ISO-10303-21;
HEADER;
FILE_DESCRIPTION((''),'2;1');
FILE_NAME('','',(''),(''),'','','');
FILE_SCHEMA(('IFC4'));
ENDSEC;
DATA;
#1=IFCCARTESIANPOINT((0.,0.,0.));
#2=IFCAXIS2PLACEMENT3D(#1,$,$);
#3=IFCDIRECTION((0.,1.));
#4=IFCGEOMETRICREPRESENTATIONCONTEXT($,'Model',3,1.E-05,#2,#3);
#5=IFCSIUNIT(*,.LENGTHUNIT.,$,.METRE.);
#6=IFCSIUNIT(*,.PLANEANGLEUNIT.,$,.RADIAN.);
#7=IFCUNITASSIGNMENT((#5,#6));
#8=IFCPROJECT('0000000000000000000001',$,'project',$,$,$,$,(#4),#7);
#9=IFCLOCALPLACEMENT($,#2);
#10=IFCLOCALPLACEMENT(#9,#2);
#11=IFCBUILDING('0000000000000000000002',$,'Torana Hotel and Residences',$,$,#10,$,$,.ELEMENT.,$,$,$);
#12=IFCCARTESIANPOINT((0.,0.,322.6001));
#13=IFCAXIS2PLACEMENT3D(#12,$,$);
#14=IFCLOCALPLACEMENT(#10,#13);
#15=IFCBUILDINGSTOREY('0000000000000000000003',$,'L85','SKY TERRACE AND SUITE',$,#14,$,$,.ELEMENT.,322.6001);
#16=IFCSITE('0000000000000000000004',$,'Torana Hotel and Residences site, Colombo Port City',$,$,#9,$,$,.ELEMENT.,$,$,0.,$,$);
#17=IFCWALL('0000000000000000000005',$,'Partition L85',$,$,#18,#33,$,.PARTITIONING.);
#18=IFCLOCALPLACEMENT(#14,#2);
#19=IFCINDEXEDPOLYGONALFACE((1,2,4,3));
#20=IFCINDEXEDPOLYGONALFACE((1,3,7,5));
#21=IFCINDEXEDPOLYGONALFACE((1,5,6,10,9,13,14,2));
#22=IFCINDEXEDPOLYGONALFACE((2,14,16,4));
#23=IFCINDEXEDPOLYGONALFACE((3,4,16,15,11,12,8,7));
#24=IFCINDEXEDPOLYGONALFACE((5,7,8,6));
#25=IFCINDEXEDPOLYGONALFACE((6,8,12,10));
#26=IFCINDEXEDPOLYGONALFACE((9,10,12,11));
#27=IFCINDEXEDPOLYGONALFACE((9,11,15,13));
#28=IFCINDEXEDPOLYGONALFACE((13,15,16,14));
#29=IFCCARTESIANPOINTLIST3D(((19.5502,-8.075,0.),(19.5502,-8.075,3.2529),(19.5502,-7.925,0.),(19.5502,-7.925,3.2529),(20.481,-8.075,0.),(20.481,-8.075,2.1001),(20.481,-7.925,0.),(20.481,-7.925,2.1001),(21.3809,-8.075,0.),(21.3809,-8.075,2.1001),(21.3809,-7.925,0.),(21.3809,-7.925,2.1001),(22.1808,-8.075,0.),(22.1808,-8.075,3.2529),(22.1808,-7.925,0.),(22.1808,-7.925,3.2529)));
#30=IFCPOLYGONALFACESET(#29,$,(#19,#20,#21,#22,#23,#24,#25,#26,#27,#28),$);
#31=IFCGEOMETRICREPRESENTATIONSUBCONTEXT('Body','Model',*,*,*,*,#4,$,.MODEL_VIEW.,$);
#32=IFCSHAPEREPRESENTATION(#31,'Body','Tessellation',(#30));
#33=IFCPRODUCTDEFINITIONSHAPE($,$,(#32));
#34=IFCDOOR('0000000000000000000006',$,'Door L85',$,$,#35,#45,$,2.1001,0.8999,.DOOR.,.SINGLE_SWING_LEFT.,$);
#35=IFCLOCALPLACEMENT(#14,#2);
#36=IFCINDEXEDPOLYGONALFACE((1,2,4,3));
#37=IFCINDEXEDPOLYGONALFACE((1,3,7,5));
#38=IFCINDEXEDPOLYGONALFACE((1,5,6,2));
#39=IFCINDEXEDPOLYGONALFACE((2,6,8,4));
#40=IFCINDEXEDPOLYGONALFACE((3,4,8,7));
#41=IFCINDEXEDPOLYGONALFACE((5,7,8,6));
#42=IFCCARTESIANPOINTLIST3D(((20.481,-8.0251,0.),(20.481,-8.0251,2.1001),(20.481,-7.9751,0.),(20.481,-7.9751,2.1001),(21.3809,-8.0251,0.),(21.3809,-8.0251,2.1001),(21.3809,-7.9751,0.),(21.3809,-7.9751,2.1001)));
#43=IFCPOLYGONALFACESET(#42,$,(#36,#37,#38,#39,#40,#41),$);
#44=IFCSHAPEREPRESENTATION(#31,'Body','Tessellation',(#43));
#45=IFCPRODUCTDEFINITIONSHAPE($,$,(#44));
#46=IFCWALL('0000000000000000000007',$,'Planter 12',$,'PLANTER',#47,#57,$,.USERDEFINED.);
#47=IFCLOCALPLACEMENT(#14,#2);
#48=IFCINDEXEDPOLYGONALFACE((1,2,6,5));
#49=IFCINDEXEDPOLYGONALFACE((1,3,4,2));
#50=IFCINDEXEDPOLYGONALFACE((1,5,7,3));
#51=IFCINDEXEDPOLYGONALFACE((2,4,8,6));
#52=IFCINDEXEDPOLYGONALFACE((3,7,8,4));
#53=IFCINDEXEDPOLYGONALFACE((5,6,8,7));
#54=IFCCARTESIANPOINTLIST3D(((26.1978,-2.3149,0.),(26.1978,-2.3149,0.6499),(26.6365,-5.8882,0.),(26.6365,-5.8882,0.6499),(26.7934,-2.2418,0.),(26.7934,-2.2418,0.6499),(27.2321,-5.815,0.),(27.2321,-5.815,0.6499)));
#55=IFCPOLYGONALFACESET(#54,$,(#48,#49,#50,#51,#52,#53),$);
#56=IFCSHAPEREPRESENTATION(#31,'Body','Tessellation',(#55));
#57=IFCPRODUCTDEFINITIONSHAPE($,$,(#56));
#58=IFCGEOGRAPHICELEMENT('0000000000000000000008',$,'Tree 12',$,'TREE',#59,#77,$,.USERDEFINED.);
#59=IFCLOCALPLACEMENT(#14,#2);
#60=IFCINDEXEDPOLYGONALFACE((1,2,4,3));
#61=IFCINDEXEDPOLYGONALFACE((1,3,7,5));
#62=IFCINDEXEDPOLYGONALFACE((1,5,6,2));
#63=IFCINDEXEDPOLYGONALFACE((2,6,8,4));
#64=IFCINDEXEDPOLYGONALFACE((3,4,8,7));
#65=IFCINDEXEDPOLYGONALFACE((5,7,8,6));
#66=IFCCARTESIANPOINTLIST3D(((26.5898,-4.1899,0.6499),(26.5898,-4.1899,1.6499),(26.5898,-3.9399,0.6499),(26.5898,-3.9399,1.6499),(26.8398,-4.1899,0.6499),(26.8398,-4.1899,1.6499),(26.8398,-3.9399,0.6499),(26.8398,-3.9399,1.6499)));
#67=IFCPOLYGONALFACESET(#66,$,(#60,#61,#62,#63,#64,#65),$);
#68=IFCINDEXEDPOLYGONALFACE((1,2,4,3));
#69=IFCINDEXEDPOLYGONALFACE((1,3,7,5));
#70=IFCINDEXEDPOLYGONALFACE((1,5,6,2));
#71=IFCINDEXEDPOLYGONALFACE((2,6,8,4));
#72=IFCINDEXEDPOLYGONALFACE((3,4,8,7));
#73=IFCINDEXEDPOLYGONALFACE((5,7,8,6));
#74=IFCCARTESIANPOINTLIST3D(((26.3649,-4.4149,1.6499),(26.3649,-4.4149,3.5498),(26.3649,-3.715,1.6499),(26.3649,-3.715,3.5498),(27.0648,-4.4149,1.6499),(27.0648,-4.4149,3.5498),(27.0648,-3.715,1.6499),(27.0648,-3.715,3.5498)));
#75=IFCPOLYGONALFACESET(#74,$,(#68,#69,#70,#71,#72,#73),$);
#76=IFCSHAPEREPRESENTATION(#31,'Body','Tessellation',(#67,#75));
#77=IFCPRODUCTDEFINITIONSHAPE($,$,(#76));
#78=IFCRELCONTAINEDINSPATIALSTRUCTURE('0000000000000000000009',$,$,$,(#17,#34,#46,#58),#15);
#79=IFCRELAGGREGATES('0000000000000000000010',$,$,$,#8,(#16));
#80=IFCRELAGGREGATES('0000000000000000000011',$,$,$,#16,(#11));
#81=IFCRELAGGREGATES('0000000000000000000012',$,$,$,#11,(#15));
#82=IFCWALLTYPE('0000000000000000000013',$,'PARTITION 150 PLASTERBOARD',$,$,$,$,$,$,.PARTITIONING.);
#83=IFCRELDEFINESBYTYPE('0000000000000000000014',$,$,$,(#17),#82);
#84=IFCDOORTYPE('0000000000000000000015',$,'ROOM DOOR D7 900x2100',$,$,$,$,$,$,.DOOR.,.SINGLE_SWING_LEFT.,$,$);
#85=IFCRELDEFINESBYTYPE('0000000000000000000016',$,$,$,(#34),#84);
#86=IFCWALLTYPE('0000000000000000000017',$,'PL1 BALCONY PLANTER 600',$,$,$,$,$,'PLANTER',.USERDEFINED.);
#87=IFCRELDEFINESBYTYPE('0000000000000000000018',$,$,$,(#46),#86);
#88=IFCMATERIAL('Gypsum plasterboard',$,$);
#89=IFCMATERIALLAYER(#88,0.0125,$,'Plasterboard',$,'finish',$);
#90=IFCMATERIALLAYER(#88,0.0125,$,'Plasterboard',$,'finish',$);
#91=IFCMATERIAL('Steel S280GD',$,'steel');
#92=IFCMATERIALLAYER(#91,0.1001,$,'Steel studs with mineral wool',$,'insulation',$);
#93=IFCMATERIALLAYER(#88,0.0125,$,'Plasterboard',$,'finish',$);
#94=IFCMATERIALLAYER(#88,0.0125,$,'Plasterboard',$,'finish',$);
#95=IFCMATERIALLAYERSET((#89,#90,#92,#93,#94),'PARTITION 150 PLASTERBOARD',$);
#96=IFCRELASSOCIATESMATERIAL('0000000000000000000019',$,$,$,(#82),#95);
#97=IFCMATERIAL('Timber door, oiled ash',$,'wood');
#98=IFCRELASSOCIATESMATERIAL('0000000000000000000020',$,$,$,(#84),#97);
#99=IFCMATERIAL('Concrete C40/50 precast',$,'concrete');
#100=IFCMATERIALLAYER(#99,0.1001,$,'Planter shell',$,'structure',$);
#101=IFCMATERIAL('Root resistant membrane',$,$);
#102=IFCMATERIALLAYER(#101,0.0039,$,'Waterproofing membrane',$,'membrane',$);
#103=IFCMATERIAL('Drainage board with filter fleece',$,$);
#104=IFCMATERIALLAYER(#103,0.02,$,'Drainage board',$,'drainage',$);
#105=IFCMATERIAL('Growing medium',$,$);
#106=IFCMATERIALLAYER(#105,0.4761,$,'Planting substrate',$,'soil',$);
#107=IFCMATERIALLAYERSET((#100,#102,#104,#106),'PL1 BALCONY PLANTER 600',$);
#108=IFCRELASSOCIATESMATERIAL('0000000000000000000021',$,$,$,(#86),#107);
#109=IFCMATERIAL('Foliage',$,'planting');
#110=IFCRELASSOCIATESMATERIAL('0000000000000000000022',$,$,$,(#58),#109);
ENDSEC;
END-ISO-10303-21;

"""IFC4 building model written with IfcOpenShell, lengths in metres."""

from ifc_helpers import new_model, si_unit, direction, frame, frame_2d, origin, origin_2d, place, context, subcontext, project, spatial, rectangle, extrude, material, layer, layer_set, type_object, element, fill, save


model = new_model("IFC4")

# Units and contexts
model_context = context("Model", 3, precision=1e-05, world=origin(), true_north=direction((0.0, 1.0)))
body_context = subcontext(model_context, "Body", "Model", "MODEL_VIEW")
ifc_project = project(units=[si_unit("LENGTHUNIT", "METRE"), si_unit("PLANEANGLEUNIT", "RADIAN")], contexts=[model_context])

# Site, building, storey
site_placement = place(None, origin())
site = spatial("IfcSite", under=ifc_project, at=site_placement, Name="Torana Hotel and Residences site, Colombo Port City", CompositionType="ELEMENT", RefElevation=0.0)
building_placement = place(site_placement, origin())
building = spatial("IfcBuilding", under=site, at=building_placement, Name="Torana Hotel and Residences", CompositionType="ELEMENT")
storey_placement = place(building_placement, frame((0.0, 0.0, 322.6001)))
storey = spatial("IfcBuildingStorey", under=building, at=storey_placement, Name="L85", Description="SKY TERRACE AND SUITE", CompositionType="ELEMENT", Elevation=322.6001)

# Shared definitions
ifc_material_1 = material(Name="Steel S280GD", Category="steel")

# Shared definitions
ifc_material_2 = material(Name="Concrete C40/50 precast", Category="concrete")

# Shared definitions
ifc_material_3 = material(Name="Gypsum plasterboard")
ifc_layer_1 = layer(ifc_material_3, 0.0125, Name="Plasterboard", Category="finish")
ifc_layer_2 = layer(ifc_material_3, 0.0125, Name="Plasterboard", Category="finish")
ifc_layer_3 = layer(ifc_material_1, 0.1001, Name="Steel studs with mineral wool", Category="insulation")
ifc_layer_4 = layer(ifc_material_3, 0.0125, Name="Plasterboard", Category="finish")
ifc_layer_5 = layer(ifc_material_3, 0.0125, Name="Plasterboard", Category="finish")
ifc_layer_set_1 = layer_set([ifc_layer_1, ifc_layer_2, ifc_layer_3, ifc_layer_4, ifc_layer_5], Name="PARTITION 150 PLASTERBOARD")
wall_type_1 = type_object("IfcWallType", Name="PARTITION 150 PLASTERBOARD", PredefinedType="PARTITIONING", material=ifc_layer_set_1)

# Wall, opening, door
wall_1_placement = place(storey_placement, frame((19.55, -8.0, 0.0), z_axis=(0.0, 0.0, 1.0), x_axis=(1.0, 0.0, 0.0)))
wall_1 = element("IfcWall", 1, at=wall_1_placement, inside=storey, type_object=wall_type_1, Name="Partition L85", PredefinedType="PARTITIONING", context=body_context, shape_type="SweptSolid", body=[
    extrude(rectangle(XDim=2.6306, YDim=0.1499, at=frame_2d((1.3154, 0.0))), origin(), (0.0, 0.0, 1.0), 3.2529),
])
opening_1_placement = place(wall_1_placement, frame((0.9309, 0.0, 0.0)))
opening_1 = element("IfcOpeningElement", 2, at=opening_1_placement, cuts=wall_1, PredefinedType="OPENING", context=body_context, shape_type="SweptSolid", body=[
    extrude(rectangle(XDim=0.8999, YDim=2.1001, at=frame_2d((0.45, 1.05))), frame((0.0, 0.085, 0.0), z_axis=(0.0, -1.0, 0.0), x_axis=(1.0, 0.0, 0.0)), (0.0, 0.0, 1.0), 0.1699),
])
ifc_material_4 = material(Name="Timber door, oiled ash", Category="wood")
door_type_1 = type_object("IfcDoorType", Name="ROOM DOOR D7 900x2100", OperationType="SINGLE_SWING_LEFT", PredefinedType="DOOR", material=ifc_material_4)
door_1_placement = place(opening_1_placement, origin())
door_1 = element("IfcDoor", 3, at=door_1_placement, inside=storey, type_object=door_type_1, Name="Door L85", OperationType="SINGLE_SWING_LEFT", OverallHeight=2.1001, OverallWidth=0.8999, PredefinedType="DOOR", context=body_context, shape_type="SweptSolid", body=[
    extrude(rectangle(XDim=0.8999, YDim=2.1001, at=frame_2d((0.45, 1.05))), frame((0.0, 0.0249, 0.0), z_axis=(0.0, -1.0, 0.0), x_axis=(1.0, 0.0, 0.0)), (0.0, 0.0, 1.0), 0.05),
])
fill(opening_1, door_1)

# Wall
ifc_layer_6 = layer(ifc_material_2, 0.1001, Name="Planter shell", Category="structure")
ifc_material_5 = material(Name="Root resistant membrane")
ifc_layer_7 = layer(ifc_material_5, 0.0039, Name="Waterproofing membrane", Category="membrane")
ifc_material_6 = material(Name="Drainage board with filter fleece")
ifc_layer_8 = layer(ifc_material_6, 0.02, Name="Drainage board", Category="drainage")
ifc_material_7 = material(Name="Growing medium")
ifc_layer_9 = layer(ifc_material_7, 0.4761, Name="Planting substrate", Category="soil")
ifc_layer_set_2 = layer_set([ifc_layer_6, ifc_layer_7, ifc_layer_8, ifc_layer_9], Name="PL1 BALCONY PLANTER 600")
wall_type_2 = type_object("IfcWallType", Name="PL1 BALCONY PLANTER 600", ElementType="PLANTER", PredefinedType="USERDEFINED", material=ifc_layer_set_2)
wall_2_placement = place(storey_placement, frame((26.4956, -2.2783, 0.0), z_axis=(0.0, 0.0, 1.0), x_axis=(0.121864, -0.992547, 0.0)))
element("IfcWall", 4, at=wall_2_placement, inside=storey, type_object=wall_type_2, Name="Planter 12", ObjectType="PLANTER", PredefinedType="USERDEFINED", context=body_context, shape_type="SweptSolid", body=[
    extrude(rectangle(XDim=3.6001, YDim=0.6001, at=frame_2d((1.8, 0.0))), origin(), (0.0, 0.0, 1.0), 0.6499),
])

# Geographic element
ifc_material_8 = material(Name="Foliage", Category="planting")
geographic_element_placement = place(storey_placement, frame((26.7148, -4.0649, 0.6499), z_axis=(0.0, 0.0, 1.0), x_axis=(1.0, 0.0, 0.0)))
element("IfcGeographicElement", 5, at=geographic_element_placement, inside=storey, material=ifc_material_8, Name="Tree 12", ObjectType="TREE", PredefinedType="USERDEFINED", context=body_context, shape_type="SweptSolid", body=[
    extrude(rectangle(XDim=0.25, YDim=0.25, at=origin_2d()), origin(), (0.0, 0.0, 1.0), 1.0),
    extrude(rectangle(XDim=0.7, YDim=0.7, at=origin_2d()), frame((0.0, 0.0, 1.0)), (0.0, 0.0, 1.0), 1.8999),
])

save(model, "model.ifc")
